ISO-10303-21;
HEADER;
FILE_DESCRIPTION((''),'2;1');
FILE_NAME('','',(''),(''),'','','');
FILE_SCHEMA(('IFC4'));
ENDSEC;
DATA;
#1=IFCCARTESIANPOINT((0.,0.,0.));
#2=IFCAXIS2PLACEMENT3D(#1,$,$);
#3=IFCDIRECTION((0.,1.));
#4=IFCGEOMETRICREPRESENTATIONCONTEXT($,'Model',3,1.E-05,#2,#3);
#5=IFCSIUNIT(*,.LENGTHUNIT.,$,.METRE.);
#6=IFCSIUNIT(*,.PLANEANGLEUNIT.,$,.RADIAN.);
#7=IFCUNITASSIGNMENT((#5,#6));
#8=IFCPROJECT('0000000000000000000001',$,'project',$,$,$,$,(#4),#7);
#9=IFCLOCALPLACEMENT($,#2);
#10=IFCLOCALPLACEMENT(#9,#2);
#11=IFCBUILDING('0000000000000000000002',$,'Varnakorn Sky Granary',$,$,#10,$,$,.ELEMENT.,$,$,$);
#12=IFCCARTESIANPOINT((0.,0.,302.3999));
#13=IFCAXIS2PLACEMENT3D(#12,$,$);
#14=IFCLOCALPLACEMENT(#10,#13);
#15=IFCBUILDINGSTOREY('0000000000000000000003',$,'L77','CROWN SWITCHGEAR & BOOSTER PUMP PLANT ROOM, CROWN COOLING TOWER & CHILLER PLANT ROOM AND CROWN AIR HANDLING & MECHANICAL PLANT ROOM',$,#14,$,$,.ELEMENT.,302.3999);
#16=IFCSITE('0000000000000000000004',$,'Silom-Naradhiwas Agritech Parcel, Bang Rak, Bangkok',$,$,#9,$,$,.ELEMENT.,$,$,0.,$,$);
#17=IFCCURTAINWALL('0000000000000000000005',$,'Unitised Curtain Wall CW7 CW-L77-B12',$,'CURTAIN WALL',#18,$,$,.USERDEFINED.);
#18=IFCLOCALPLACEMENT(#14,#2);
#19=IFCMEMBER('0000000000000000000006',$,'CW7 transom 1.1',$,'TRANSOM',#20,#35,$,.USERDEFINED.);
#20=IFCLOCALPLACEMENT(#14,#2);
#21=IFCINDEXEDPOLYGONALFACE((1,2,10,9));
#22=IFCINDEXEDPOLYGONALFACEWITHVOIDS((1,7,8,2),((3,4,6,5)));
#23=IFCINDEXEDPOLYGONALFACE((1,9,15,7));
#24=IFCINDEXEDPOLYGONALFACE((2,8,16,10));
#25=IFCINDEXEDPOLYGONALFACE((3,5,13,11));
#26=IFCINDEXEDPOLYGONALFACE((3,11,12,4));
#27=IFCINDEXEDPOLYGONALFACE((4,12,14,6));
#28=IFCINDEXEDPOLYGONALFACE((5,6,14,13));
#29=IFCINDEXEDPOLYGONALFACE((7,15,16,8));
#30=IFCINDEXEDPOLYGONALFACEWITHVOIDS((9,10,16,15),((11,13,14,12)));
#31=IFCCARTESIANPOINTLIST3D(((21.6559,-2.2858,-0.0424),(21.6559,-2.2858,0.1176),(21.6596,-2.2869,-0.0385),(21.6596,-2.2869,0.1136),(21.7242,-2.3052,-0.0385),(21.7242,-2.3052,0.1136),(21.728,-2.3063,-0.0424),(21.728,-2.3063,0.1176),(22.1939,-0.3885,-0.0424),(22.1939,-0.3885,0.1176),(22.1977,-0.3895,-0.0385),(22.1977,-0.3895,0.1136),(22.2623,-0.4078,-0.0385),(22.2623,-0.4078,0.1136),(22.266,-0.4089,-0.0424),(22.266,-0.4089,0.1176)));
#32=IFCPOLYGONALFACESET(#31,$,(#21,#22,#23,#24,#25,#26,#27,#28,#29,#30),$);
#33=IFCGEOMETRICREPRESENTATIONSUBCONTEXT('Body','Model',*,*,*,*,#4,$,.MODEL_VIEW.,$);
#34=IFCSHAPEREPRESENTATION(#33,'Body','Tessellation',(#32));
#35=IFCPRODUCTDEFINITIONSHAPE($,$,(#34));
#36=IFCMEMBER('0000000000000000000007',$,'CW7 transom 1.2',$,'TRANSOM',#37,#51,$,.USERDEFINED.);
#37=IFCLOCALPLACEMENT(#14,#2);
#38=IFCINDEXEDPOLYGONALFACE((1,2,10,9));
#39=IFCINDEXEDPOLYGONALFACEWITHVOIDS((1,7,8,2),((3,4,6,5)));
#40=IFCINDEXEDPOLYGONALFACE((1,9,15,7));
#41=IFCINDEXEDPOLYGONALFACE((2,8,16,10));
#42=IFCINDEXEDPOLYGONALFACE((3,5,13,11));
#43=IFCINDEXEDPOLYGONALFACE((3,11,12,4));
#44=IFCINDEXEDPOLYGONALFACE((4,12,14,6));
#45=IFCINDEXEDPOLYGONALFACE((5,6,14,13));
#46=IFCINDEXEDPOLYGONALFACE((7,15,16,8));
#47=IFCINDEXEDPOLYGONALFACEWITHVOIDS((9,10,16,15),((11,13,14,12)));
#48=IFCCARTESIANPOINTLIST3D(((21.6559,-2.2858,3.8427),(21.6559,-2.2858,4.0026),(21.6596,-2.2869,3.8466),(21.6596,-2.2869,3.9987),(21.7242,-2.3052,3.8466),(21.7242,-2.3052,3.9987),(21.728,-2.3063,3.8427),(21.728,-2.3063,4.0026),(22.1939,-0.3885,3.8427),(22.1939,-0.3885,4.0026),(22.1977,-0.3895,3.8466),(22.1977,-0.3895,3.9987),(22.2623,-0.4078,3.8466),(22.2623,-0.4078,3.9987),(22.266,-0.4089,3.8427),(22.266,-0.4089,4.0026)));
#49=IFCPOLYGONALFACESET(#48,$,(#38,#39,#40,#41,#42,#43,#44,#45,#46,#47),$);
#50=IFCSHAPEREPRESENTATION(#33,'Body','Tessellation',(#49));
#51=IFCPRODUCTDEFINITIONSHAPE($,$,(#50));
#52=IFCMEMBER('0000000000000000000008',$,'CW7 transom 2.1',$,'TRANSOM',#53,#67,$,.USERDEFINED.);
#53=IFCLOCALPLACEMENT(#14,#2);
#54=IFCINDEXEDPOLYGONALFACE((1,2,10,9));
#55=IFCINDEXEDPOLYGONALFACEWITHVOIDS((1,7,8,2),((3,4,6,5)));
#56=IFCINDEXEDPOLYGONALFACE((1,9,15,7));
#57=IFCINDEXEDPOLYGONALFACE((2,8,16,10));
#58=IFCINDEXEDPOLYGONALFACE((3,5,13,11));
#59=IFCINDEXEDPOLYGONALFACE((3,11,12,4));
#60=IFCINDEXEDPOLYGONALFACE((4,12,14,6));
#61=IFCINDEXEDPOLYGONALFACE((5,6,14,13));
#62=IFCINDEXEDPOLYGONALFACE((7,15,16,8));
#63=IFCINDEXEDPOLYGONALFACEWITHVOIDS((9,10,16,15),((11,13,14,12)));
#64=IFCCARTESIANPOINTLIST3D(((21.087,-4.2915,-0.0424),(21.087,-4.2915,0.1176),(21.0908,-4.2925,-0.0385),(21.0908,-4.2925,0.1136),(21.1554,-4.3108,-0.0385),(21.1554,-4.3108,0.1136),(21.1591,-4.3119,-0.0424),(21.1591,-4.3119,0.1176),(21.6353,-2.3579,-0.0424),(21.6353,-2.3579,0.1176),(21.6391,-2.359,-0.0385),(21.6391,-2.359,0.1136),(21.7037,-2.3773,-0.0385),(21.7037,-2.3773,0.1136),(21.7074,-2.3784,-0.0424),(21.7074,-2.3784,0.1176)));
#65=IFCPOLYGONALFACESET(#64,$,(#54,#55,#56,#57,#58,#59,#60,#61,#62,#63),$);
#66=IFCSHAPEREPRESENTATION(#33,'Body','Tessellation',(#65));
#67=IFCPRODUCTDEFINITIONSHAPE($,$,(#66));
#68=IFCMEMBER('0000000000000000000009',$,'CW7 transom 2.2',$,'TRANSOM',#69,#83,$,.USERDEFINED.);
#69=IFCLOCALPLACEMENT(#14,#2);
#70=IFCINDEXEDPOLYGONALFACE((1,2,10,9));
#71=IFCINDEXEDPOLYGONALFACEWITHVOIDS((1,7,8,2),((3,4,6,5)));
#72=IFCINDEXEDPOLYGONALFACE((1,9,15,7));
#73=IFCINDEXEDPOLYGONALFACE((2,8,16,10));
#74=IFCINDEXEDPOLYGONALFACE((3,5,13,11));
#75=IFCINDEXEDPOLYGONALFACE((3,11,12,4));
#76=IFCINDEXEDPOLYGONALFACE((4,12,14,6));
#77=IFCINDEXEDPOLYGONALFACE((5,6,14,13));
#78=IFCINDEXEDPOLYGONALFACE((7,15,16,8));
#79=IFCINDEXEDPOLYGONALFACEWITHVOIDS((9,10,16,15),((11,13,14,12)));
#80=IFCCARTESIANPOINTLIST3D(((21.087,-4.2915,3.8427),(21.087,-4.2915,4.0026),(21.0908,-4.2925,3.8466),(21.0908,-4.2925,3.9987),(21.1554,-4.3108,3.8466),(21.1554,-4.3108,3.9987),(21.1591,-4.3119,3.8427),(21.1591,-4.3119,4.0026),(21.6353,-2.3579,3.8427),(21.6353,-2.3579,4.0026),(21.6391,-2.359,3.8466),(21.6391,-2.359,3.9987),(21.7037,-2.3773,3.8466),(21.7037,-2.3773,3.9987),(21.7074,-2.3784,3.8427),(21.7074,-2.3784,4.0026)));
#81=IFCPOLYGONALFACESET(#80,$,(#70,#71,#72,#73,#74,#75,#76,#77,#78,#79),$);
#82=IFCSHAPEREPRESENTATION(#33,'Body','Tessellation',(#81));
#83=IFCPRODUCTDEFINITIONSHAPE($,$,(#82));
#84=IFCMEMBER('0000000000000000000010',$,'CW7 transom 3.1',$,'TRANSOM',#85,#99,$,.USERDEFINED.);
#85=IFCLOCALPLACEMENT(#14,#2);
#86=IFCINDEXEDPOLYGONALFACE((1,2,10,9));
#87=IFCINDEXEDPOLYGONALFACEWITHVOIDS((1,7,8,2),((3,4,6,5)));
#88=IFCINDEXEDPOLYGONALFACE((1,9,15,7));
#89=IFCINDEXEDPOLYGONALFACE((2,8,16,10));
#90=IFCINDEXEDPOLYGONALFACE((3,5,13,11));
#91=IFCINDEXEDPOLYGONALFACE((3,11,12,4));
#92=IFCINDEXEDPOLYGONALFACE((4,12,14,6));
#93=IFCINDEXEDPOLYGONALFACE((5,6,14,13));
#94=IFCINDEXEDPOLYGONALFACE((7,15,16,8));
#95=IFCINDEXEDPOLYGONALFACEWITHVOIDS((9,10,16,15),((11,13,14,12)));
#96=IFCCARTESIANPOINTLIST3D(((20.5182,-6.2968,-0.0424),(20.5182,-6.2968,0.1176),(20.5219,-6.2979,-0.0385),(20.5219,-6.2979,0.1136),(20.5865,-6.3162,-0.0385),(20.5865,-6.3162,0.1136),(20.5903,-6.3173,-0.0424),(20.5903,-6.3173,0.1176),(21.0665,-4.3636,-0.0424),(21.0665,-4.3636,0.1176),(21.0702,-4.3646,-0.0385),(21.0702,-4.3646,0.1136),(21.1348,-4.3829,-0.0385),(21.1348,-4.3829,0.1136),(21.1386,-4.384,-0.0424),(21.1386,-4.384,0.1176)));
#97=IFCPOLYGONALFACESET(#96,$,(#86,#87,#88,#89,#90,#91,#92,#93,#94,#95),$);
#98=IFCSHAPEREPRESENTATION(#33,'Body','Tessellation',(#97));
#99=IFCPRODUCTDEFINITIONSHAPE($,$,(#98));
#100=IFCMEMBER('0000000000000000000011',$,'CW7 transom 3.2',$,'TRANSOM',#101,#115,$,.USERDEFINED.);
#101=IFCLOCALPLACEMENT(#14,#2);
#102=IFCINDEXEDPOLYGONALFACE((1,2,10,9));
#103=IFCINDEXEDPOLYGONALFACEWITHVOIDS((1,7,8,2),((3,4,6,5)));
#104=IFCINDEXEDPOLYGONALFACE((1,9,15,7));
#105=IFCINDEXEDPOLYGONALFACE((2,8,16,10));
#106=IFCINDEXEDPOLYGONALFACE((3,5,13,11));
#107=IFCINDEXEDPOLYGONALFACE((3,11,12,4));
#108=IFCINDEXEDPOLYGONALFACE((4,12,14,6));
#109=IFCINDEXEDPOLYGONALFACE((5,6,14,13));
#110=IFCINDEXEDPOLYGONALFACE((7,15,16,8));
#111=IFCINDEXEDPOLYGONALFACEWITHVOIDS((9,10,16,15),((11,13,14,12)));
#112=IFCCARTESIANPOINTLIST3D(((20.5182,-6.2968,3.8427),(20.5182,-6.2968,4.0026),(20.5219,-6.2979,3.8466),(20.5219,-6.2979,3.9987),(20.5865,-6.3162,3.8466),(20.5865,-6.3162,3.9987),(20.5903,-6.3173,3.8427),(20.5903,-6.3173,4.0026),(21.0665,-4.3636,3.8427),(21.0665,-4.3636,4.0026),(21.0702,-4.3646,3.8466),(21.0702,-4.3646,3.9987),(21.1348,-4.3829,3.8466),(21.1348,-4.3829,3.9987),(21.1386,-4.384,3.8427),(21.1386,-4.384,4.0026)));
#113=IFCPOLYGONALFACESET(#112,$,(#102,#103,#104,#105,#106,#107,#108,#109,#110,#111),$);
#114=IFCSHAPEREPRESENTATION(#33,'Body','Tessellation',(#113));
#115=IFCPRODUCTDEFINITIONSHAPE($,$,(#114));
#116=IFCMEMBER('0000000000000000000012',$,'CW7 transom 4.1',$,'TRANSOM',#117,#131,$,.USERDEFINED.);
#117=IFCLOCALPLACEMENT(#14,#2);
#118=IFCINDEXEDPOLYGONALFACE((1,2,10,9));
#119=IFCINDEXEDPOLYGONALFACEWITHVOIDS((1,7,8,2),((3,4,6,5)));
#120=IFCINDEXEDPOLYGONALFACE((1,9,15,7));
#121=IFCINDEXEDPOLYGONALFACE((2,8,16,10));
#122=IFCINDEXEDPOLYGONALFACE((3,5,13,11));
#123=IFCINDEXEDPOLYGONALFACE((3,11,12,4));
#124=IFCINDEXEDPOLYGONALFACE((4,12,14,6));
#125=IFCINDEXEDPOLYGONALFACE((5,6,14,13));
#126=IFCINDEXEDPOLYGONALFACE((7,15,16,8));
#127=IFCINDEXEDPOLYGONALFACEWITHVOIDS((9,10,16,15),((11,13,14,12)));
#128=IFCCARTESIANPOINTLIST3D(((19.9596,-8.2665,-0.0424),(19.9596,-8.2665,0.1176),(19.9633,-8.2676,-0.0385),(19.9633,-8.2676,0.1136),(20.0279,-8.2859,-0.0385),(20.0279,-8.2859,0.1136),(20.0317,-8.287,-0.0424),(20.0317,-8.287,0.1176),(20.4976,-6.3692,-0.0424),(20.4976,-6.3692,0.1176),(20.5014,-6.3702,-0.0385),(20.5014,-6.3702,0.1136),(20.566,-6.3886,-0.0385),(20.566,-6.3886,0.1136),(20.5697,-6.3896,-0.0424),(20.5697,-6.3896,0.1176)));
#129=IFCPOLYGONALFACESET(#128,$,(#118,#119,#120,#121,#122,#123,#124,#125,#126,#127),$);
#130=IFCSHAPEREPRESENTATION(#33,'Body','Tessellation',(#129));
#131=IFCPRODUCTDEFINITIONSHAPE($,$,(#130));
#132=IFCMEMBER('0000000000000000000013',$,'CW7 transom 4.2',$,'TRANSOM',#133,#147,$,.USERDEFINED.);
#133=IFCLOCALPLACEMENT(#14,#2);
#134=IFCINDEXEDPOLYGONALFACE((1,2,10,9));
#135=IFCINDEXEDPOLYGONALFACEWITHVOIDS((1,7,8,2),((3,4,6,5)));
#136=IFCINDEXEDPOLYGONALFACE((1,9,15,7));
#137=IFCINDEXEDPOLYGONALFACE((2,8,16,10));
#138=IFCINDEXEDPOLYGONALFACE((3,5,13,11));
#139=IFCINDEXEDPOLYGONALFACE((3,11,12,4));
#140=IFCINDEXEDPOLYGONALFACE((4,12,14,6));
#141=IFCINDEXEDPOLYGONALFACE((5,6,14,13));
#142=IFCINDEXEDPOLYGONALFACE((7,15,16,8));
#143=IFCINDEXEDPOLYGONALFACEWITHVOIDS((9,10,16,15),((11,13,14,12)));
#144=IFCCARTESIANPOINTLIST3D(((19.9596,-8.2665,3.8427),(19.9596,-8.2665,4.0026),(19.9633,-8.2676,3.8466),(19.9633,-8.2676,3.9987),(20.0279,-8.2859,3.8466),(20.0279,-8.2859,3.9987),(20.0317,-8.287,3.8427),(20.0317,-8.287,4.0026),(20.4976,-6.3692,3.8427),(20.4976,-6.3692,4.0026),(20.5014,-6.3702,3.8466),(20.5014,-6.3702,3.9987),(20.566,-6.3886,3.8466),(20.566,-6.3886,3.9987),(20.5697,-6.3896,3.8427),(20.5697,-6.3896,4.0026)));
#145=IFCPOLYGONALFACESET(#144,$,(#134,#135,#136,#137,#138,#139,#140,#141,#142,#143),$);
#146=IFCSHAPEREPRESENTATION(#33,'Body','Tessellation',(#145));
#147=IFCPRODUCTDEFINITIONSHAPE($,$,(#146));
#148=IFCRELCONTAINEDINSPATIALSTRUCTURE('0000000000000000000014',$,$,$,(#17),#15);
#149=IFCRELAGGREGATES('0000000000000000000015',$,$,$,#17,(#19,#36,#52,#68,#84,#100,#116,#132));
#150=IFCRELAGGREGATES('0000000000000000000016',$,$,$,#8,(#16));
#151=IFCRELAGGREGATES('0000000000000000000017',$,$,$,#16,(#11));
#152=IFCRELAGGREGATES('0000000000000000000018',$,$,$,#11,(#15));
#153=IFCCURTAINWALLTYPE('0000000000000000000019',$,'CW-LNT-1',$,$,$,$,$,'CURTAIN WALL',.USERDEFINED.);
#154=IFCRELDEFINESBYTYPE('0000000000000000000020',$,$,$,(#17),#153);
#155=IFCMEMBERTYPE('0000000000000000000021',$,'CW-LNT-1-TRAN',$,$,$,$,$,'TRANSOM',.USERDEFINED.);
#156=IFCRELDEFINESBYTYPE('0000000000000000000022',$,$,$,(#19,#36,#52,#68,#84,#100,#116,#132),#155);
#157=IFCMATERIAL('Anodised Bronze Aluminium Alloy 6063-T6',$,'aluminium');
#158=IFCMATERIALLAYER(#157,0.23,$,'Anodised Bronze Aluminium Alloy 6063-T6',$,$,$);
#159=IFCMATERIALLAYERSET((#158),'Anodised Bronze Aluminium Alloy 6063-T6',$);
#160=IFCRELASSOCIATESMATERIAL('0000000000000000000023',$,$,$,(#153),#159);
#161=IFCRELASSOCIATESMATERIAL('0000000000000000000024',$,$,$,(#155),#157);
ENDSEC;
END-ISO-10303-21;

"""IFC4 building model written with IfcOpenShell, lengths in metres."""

from ifc_helpers import new_model, si_unit, direction, frame, origin, origin_2d, place, context, subcontext, project, spatial, hollow_rectangle, extrude, material, layer, layer_set, material_profile, profile_set, type_object, element, aggregate, save


model = new_model("IFC4")

# Units and contexts
model_context = context("Model", 3, precision=1e-05, world=origin(), true_north=direction((0.0, 1.0)))
body_context = subcontext(model_context, "Body", "Model", "MODEL_VIEW")
ifc_project = project(units=[si_unit("LENGTHUNIT", "METRE"), si_unit("PLANEANGLEUNIT", "RADIAN")], contexts=[model_context])

# Site, building, storey
site_placement = place(None, origin())
site = spatial("IfcSite", under=ifc_project, at=site_placement, Name="Silom-Naradhiwas Agritech Parcel, Bang Rak, Bangkok", CompositionType="ELEMENT", RefElevation=0.0)
building_placement = place(site_placement, origin())
building = spatial("IfcBuilding", under=site, at=building_placement, Name="Varnakorn Sky Granary", CompositionType="ELEMENT")
storey_placement = place(building_placement, frame((0.0, 0.0, 302.3999)))
storey = spatial("IfcBuildingStorey", under=building, at=storey_placement, Name="L77", Description="CROWN SWITCHGEAR & BOOSTER PUMP PLANT ROOM, CROWN COOLING TOWER & CHILLER PLANT ROOM AND CROWN AIR HANDLING & MECHANICAL PLANT ROOM", CompositionType="ELEMENT", Elevation=302.3999)

# Curtain wall, members
ifc_material_1 = material(Name="Anodised Bronze Aluminium Alloy 6063-T6", Category="aluminium")
ifc_layer_1 = layer(ifc_material_1, 0.23, Name="Anodised Bronze Aluminium Alloy 6063-T6")
ifc_layer_set_1 = layer_set([ifc_layer_1], Name="Anodised Bronze Aluminium Alloy 6063-T6")
curtain_wall_type = type_object("IfcCurtainWallType", Name="CW-LNT-1", ElementType="CURTAIN WALL", PredefinedType="USERDEFINED", material=ifc_layer_set_1)
curtain_wall_placement = place(storey_placement, origin())
curtain_wall = element("IfcCurtainWall", 1, at=curtain_wall_placement, inside=storey, type_object=curtain_wall_type, Name="Unitised Curtain Wall CW7 CW-L77-B12", ObjectType="CURTAIN WALL", PredefinedType="USERDEFINED")
ifc_material_profile_1 = material_profile(ifc_material_1, hollow_rectangle(XDim=0.075, YDim=0.1599, WallThickness=0.0039, at=origin_2d()), Name="ALU TRAN 75x160")
ifc_profile_set_1 = profile_set([ifc_material_profile_1], Name="Anodised Bronze Aluminium Alloy 6063-T6")
member_type_1 = type_object("IfcMemberType", Name="CW-LNT-1-TRAN", ElementType="TRANSOM", PredefinedType="USERDEFINED", material=ifc_profile_set_1)
member_1_placement = place(storey_placement, frame((22.23, -0.3987, 0.0376), z_axis=(-0.272824, -0.962064, 0.0), x_axis=(0.962064, -0.272824, 0.0)))
member_1 = element("IfcMember", 2, at=member_1_placement, type_object=member_type_1, Name="CW7 transom 1.1", ObjectType="TRANSOM", PredefinedType="USERDEFINED", context=body_context, shape_type="SweptSolid", body=[
    extrude(hollow_rectangle(XDim=0.075, YDim=0.1599, WallThickness=0.0039, at=origin_2d()), origin(), (0.0, 0.0, 1.0), 1.9722),
])
member_2_placement = place(storey_placement, frame((22.23, -0.3987, 3.9226), z_axis=(-0.272824, -0.962064, 0.0), x_axis=(0.962064, -0.272824, 0.0)))
member_2 = element("IfcMember", 3, at=member_2_placement, type_object=member_type_1, Name="CW7 transom 1.2", ObjectType="TRANSOM", PredefinedType="USERDEFINED", context=body_context, shape_type="SweptSolid", body=[
    extrude(hollow_rectangle(XDim=0.075, YDim=0.1599, WallThickness=0.0039, at=origin_2d()), origin(), (0.0, 0.0, 1.0), 1.9722),
])
member_3_placement = place(storey_placement, frame((21.6714, -2.3682, 0.0376), z_axis=(-0.272827, -0.962063, 0.0), x_axis=(0.962063, -0.272827, 0.0)))
member_3 = element("IfcMember", 4, at=member_3_placement, type_object=member_type_1, Name="CW7 transom 2.1", ObjectType="TRANSOM", PredefinedType="USERDEFINED", context=body_context, shape_type="SweptSolid", body=[
    extrude(hollow_rectangle(XDim=0.075, YDim=0.1599, WallThickness=0.0039, at=origin_2d()), origin(), (0.0, 0.0, 1.0), 2.0098),
])
member_4_placement = place(storey_placement, frame((21.6714, -2.3682, 3.9226), z_axis=(-0.272827, -0.962063, 0.0), x_axis=(0.962063, -0.272827, 0.0)))
member_4 = element("IfcMember", 5, at=member_4_placement, type_object=member_type_1, Name="CW7 transom 2.2", ObjectType="TRANSOM", PredefinedType="USERDEFINED", context=body_context, shape_type="SweptSolid", body=[
    extrude(hollow_rectangle(XDim=0.075, YDim=0.1599, WallThickness=0.0039, at=origin_2d()), origin(), (0.0, 0.0, 1.0), 2.0098),
])
member_5_placement = place(storey_placement, frame((21.1025, -4.3738, 0.0376), z_axis=(-0.272859, -0.962054, 0.0), x_axis=(0.962054, -0.272859, 0.0)))
member_5 = element("IfcMember", 6, at=member_5_placement, type_object=member_type_1, Name="CW7 transom 3.1", ObjectType="TRANSOM", PredefinedType="USERDEFINED", context=body_context, shape_type="SweptSolid", body=[
    extrude(hollow_rectangle(XDim=0.075, YDim=0.1599, WallThickness=0.0039, at=origin_2d()), origin(), (0.0, 0.0, 1.0), 2.0095),
])
member_6_placement = place(storey_placement, frame((21.1025, -4.3738, 3.9226), z_axis=(-0.272859, -0.962054, 0.0), x_axis=(0.962054, -0.272859, 0.0)))
member_6 = element("IfcMember", 7, at=member_6_placement, type_object=member_type_1, Name="CW7 transom 3.2", ObjectType="TRANSOM", PredefinedType="USERDEFINED", context=body_context, shape_type="SweptSolid", body=[
    extrude(hollow_rectangle(XDim=0.075, YDim=0.1599, WallThickness=0.0039, at=origin_2d()), origin(), (0.0, 0.0, 1.0), 2.0095),
])
member_7_placement = place(storey_placement, frame((20.5337, -6.3794, 0.0376), z_axis=(-0.272824, -0.962064, 0.0), x_axis=(0.962064, -0.272824, 0.0)))
member_7 = element("IfcMember", 8, at=member_7_placement, type_object=member_type_1, Name="CW7 transom 4.1", ObjectType="TRANSOM", PredefinedType="USERDEFINED", context=body_context, shape_type="SweptSolid", body=[
    extrude(hollow_rectangle(XDim=0.075, YDim=0.1599, WallThickness=0.0039, at=origin_2d()), origin(), (0.0, 0.0, 1.0), 1.9722),
])
member_8_placement = place(storey_placement, frame((20.5337, -6.3794, 3.9226), z_axis=(-0.272824, -0.962064, 0.0), x_axis=(0.962064, -0.272824, 0.0)))
member_8 = element("IfcMember", 9, at=member_8_placement, type_object=member_type_1, Name="CW7 transom 4.2", ObjectType="TRANSOM", PredefinedType="USERDEFINED", context=body_context, shape_type="SweptSolid", body=[
    extrude(hollow_rectangle(XDim=0.075, YDim=0.1599, WallThickness=0.0039, at=origin_2d()), origin(), (0.0, 0.0, 1.0), 1.9722),
])

aggregate(curtain_wall, [member_1, member_2, member_3, member_4, member_5, member_6, member_7, member_8])

save(model, "model.ifc")
